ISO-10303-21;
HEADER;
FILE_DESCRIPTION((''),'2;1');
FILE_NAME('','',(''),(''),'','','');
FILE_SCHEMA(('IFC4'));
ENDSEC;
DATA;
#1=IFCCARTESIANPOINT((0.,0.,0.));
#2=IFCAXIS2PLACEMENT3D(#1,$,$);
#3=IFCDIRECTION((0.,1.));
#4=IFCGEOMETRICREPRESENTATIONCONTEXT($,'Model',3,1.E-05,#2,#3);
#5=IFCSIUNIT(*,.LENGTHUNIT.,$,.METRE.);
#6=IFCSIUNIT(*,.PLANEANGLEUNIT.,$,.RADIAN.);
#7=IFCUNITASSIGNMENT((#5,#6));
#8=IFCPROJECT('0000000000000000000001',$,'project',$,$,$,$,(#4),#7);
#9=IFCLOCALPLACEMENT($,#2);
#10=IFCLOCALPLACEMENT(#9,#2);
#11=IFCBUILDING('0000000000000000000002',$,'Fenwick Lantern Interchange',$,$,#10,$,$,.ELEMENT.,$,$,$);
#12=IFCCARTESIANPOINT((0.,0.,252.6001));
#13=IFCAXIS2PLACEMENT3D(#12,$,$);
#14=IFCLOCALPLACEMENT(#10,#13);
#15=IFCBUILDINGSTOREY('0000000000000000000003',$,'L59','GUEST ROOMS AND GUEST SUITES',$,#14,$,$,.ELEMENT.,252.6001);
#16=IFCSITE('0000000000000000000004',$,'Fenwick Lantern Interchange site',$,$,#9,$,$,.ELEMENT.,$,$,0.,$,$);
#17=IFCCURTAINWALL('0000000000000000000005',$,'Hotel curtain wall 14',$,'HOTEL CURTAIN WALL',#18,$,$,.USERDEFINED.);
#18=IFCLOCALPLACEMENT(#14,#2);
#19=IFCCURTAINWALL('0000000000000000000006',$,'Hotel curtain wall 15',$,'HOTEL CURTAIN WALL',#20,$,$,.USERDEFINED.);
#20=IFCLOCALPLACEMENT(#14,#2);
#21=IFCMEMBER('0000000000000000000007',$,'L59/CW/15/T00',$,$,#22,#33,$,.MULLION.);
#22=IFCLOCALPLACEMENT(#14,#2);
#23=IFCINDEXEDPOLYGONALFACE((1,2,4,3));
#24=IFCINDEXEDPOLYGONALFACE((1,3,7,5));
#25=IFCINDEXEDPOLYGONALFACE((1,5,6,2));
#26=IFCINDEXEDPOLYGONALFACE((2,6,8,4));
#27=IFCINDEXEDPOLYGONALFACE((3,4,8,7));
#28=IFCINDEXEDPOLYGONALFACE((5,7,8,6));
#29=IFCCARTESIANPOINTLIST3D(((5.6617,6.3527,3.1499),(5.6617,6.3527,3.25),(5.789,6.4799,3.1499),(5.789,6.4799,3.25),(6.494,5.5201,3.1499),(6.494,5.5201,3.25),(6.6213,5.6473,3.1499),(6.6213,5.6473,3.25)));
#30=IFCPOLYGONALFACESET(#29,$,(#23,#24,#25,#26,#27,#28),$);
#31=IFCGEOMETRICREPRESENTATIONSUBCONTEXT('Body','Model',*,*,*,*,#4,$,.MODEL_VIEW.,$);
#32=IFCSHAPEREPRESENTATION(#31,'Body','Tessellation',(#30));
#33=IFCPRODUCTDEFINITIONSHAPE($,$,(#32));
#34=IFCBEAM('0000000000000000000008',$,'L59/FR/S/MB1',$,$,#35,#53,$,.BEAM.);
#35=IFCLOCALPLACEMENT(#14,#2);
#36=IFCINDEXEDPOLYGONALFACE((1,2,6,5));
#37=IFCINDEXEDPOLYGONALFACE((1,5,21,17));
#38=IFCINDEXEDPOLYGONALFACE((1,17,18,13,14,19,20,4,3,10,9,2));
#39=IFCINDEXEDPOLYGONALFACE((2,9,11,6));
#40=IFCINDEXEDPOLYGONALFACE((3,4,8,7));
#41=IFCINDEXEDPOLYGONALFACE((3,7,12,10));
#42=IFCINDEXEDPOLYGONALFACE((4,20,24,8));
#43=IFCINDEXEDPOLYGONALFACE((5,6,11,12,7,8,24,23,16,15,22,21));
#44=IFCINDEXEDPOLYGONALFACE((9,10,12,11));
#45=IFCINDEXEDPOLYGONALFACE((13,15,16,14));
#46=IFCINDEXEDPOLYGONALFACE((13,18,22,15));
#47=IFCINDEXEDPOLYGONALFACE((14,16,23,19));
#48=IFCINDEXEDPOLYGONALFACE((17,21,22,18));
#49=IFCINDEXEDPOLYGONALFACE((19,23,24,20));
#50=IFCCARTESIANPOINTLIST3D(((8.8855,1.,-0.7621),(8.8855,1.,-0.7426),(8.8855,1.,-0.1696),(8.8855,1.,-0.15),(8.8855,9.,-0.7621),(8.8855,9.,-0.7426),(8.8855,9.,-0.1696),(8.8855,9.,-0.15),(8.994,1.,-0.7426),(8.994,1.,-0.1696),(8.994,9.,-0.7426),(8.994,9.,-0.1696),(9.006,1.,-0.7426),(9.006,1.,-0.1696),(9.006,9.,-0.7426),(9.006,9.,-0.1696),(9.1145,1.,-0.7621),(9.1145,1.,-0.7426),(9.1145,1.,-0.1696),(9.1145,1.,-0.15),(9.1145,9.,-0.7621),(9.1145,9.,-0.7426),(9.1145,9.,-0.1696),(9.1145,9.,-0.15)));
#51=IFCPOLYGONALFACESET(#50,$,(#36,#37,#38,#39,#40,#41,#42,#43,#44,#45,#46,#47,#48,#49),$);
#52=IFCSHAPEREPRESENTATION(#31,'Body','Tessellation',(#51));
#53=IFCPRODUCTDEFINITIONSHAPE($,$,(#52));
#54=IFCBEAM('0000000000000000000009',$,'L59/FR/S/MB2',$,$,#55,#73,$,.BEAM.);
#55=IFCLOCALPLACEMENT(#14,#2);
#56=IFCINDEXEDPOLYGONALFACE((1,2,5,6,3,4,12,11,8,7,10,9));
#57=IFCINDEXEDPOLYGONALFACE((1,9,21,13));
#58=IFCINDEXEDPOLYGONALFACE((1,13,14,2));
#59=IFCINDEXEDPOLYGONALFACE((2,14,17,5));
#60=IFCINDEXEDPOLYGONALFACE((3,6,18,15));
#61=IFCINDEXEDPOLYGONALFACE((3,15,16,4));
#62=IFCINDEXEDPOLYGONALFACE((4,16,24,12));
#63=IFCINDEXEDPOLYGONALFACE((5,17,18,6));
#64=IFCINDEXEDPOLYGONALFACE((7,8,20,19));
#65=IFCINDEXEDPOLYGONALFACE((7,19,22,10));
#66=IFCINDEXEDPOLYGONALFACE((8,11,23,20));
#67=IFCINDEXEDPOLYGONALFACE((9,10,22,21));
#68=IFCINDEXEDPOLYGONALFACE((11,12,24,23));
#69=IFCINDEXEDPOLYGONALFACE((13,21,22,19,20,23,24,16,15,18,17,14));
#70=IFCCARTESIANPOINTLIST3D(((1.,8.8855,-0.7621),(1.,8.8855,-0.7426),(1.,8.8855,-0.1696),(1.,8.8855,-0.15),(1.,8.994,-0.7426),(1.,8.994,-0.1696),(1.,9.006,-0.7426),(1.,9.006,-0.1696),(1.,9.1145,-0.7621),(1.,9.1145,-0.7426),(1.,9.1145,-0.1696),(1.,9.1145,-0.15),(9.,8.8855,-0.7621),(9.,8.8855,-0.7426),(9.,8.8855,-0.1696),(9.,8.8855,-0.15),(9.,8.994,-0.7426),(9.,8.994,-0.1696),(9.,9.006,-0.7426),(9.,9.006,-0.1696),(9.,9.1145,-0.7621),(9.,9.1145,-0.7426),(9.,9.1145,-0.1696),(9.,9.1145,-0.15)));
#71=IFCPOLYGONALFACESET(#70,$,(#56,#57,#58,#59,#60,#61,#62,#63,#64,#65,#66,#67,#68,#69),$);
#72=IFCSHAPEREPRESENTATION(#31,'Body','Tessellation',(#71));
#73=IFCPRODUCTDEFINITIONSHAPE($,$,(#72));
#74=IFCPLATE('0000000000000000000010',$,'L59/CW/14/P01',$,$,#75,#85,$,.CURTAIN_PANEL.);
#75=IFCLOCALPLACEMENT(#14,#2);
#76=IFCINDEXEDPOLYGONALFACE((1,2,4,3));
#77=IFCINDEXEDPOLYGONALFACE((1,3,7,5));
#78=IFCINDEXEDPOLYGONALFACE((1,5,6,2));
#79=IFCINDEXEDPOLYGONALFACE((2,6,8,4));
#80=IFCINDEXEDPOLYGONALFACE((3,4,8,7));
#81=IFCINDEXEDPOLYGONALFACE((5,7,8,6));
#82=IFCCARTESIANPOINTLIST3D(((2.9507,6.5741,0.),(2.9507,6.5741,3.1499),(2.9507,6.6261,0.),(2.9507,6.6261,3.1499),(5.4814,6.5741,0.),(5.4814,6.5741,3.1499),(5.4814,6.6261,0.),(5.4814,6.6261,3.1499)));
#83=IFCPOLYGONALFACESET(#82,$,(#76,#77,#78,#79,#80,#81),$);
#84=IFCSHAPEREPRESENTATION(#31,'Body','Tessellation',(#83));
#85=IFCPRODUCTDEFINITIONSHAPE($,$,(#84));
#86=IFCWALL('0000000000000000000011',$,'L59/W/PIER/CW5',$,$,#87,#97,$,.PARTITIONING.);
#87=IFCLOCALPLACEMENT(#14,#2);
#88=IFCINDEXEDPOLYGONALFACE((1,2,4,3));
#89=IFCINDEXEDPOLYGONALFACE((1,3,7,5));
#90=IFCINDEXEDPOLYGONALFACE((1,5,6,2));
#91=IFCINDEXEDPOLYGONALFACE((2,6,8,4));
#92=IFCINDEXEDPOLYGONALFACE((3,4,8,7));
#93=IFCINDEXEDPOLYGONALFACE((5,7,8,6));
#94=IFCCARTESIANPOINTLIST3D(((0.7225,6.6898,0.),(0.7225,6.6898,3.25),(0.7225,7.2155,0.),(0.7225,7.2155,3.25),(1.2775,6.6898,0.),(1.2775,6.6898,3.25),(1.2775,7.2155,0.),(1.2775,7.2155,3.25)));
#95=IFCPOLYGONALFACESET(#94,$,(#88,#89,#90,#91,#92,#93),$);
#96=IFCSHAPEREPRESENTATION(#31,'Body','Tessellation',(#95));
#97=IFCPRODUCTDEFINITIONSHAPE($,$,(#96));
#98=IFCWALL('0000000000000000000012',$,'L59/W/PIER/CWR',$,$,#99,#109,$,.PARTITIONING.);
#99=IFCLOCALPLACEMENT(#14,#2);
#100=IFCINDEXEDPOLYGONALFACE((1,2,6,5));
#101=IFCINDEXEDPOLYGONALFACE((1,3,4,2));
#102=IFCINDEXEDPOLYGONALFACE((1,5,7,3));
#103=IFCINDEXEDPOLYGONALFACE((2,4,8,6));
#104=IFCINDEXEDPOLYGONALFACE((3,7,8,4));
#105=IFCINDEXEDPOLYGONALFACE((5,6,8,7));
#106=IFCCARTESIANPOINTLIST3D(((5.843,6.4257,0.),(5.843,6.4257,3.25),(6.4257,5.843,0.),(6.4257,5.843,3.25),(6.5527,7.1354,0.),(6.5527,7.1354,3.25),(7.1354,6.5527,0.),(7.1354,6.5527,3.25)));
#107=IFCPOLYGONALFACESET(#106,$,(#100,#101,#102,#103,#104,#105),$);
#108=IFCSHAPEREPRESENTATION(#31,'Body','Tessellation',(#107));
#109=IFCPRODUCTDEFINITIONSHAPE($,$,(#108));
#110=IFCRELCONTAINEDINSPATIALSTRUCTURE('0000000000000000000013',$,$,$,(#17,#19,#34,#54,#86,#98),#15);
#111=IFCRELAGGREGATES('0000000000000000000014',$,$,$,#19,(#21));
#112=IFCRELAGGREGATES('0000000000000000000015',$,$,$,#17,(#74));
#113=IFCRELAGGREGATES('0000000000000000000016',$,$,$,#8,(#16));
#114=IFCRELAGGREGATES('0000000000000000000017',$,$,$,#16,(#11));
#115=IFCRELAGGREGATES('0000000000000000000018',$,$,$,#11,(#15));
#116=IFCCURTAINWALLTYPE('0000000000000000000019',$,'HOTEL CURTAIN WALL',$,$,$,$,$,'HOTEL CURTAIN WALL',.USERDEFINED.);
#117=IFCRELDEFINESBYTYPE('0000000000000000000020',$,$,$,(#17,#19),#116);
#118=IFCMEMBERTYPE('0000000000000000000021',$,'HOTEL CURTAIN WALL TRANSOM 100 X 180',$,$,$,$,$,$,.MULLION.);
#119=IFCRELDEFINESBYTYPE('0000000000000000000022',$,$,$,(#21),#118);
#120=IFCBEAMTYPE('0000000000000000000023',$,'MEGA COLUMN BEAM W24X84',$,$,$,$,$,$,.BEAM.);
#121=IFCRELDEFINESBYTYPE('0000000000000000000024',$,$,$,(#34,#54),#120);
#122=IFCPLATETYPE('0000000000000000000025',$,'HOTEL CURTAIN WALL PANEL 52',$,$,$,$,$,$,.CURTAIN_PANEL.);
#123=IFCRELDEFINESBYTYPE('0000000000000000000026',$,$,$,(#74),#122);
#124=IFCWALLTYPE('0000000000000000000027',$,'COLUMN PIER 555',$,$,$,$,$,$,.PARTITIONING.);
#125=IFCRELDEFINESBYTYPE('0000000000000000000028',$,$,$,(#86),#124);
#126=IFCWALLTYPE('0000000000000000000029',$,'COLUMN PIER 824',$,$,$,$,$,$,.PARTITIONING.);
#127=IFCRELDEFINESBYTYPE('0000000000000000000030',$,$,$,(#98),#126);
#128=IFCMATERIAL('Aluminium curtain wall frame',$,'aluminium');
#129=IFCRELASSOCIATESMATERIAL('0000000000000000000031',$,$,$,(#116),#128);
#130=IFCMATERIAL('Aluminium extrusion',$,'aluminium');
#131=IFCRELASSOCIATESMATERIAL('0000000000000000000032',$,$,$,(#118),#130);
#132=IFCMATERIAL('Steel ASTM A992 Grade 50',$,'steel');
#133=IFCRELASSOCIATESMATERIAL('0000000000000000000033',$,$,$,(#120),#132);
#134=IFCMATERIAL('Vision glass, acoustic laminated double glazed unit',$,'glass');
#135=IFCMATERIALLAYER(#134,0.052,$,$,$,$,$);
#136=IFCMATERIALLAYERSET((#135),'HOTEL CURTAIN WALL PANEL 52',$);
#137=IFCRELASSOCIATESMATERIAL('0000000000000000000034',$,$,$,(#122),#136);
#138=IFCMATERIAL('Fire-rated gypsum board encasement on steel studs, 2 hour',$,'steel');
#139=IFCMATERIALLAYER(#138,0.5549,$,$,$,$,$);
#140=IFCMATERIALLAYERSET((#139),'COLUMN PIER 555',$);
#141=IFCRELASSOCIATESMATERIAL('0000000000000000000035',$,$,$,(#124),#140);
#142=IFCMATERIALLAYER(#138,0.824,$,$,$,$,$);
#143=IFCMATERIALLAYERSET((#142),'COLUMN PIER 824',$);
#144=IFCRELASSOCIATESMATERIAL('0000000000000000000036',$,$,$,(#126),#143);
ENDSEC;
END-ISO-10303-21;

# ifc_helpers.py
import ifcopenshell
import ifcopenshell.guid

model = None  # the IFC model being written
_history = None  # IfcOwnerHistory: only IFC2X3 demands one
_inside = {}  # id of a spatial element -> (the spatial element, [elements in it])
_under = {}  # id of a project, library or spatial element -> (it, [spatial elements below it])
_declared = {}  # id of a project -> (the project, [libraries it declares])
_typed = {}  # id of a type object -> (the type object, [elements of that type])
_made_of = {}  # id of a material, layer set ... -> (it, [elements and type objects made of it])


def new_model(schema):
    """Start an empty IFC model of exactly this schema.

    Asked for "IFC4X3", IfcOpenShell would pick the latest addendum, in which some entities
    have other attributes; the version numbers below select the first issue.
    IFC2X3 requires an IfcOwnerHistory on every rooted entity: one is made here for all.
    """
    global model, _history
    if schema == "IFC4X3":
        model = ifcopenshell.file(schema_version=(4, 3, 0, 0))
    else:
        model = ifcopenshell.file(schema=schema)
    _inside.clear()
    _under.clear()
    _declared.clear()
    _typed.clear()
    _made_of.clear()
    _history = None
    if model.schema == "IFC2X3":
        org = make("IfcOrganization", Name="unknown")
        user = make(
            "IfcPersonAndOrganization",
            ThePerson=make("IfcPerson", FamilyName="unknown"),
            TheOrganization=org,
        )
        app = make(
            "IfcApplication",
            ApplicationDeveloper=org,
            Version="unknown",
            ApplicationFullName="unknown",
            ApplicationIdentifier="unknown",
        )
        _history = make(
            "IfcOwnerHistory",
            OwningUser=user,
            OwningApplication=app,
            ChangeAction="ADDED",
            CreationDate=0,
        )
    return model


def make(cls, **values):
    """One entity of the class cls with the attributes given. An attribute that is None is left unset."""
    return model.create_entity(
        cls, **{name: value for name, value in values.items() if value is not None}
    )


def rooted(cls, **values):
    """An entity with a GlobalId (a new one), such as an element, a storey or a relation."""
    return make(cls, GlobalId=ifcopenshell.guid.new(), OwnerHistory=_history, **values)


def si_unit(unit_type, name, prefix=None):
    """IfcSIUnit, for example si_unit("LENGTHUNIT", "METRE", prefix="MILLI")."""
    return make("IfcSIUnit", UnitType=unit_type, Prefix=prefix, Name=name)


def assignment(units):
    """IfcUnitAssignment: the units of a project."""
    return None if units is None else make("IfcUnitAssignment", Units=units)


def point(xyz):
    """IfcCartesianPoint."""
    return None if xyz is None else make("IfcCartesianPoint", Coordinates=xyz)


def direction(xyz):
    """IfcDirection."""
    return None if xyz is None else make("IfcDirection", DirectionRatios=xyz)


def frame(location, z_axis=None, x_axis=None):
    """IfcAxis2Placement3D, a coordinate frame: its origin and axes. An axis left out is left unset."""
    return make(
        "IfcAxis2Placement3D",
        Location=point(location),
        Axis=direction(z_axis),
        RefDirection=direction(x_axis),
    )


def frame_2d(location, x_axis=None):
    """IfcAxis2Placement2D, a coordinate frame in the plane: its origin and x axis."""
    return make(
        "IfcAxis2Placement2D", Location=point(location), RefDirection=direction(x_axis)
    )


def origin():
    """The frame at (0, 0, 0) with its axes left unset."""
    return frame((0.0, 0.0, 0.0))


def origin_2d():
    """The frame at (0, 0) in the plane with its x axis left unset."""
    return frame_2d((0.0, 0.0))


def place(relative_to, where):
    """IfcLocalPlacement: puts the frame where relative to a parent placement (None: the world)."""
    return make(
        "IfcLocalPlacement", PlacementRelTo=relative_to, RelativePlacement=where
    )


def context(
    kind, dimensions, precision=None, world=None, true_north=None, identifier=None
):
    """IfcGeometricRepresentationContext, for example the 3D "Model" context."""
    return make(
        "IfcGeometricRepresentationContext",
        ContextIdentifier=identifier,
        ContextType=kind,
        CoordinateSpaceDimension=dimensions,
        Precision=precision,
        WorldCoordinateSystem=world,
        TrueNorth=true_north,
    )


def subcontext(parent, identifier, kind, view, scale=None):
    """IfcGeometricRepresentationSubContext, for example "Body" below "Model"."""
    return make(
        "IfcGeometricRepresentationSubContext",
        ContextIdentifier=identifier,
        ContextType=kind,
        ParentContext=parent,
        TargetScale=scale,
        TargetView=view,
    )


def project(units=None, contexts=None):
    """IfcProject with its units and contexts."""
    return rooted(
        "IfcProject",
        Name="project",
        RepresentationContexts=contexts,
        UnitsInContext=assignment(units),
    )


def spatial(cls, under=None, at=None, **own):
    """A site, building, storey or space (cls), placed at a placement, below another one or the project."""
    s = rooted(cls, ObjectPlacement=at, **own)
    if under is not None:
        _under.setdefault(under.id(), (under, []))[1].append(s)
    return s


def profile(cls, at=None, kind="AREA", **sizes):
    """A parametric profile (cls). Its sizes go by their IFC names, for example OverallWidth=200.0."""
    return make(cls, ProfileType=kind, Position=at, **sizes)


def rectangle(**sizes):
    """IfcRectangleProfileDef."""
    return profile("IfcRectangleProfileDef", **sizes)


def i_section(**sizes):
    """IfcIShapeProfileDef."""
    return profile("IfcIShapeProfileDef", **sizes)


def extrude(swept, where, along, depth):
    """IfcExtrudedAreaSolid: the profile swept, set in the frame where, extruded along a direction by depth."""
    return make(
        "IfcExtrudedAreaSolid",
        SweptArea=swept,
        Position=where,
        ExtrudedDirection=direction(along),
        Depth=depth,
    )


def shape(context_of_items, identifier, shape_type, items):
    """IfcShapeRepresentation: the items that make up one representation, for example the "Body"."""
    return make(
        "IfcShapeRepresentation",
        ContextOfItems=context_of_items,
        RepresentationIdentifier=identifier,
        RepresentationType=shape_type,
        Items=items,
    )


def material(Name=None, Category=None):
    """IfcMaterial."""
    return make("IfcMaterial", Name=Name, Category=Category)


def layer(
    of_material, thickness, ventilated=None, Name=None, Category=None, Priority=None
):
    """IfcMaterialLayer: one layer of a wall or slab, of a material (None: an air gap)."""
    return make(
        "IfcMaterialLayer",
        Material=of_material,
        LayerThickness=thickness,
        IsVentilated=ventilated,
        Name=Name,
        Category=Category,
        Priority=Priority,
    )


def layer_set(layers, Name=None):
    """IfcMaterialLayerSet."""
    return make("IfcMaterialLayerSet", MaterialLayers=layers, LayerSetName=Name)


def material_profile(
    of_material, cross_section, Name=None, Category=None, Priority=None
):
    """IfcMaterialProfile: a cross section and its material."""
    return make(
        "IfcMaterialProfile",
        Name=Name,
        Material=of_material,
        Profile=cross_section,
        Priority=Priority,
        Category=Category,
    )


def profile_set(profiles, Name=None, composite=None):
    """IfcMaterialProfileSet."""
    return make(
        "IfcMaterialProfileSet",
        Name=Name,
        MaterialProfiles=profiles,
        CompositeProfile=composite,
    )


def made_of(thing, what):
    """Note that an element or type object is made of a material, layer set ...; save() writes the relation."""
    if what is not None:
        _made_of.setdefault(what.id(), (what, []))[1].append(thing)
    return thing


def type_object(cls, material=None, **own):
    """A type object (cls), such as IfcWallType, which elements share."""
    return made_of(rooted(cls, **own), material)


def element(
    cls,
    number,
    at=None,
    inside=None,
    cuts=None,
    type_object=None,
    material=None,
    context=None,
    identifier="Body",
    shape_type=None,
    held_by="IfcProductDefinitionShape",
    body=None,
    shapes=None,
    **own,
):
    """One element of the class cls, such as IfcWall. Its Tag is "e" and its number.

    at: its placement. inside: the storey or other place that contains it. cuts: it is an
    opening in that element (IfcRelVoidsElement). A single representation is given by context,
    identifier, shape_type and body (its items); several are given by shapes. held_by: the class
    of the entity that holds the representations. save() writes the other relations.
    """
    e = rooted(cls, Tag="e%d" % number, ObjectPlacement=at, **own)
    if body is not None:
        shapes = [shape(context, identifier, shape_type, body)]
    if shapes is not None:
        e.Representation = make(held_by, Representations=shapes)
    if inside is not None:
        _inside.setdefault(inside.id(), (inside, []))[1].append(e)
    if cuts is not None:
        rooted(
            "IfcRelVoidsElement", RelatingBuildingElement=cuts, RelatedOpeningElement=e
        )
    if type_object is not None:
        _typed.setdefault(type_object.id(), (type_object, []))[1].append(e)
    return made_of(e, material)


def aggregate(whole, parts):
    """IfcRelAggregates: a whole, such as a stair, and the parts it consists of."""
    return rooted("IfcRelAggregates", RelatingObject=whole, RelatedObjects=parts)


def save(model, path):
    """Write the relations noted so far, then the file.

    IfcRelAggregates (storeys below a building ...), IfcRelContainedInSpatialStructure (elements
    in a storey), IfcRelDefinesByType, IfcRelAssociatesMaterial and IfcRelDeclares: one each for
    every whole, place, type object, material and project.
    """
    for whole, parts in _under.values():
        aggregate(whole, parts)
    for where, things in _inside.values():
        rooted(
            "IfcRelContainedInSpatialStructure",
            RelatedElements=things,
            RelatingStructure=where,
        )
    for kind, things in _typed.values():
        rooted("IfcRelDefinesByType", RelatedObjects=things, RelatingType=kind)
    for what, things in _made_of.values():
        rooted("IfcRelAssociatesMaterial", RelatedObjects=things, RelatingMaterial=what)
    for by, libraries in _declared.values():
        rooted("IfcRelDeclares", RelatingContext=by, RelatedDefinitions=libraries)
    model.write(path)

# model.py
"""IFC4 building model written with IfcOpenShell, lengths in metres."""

from ifc_helpers import new_model, si_unit, direction, frame, frame_2d, origin, origin_2d, place, context, subcontext, project, spatial, rectangle, i_section, extrude, material, layer, layer_set, material_profile, profile_set, type_object, element, aggregate, save


model = new_model("IFC4")

# Units and contexts
model_context = context("Model", 3, precision=1e-05, world=origin(), true_north=direction((0.0, 1.0)))
body_context = subcontext(model_context, "Body", "Model", "MODEL_VIEW")
ifc_project = project(units=[si_unit("LENGTHUNIT", "METRE"), si_unit("PLANEANGLEUNIT", "RADIAN")], contexts=[model_context])

# Site, building, storey
site_placement = place(None, origin())
site = spatial("IfcSite", under=ifc_project, at=site_placement, Name="Fenwick Lantern Interchange site", CompositionType="ELEMENT", RefElevation=0.0)
building_placement = place(site_placement, origin())
building = spatial("IfcBuilding", under=site, at=building_placement, Name="Fenwick Lantern Interchange", CompositionType="ELEMENT")
storey_placement = place(building_placement, frame((0.0, 0.0, 252.6001)))
storey = spatial("IfcBuildingStorey", under=building, at=storey_placement, Name="L59", Description="GUEST ROOMS AND GUEST SUITES", CompositionType="ELEMENT", Elevation=252.6001)

# Shared definitions
ifc_material_1 = material(Name="Steel ASTM A992 Grade 50", Category="steel")

# Shared definitions
ifc_material_2 = material(Name="Aluminium curtain wall frame", Category="aluminium")
curtain_wall_type = type_object("IfcCurtainWallType", Name="HOTEL CURTAIN WALL", ElementType="HOTEL CURTAIN WALL", PredefinedType="USERDEFINED", material=ifc_material_2)
ifc_material_3 = material(Name="Aluminium extrusion", Category="aluminium")

# Curtain wall
curtain_wall_1_placement = place(storey_placement, origin())
curtain_wall_1 = element("IfcCurtainWall", 1, at=curtain_wall_1_placement, inside=storey, type_object=curtain_wall_type, Name="Hotel curtain wall 14", ObjectType="HOTEL CURTAIN WALL", PredefinedType="USERDEFINED")

# Curtain wall
curtain_wall_2_placement = place(storey_placement, origin())
curtain_wall_2 = element("IfcCurtainWall", 2, at=curtain_wall_2_placement, inside=storey, type_object=curtain_wall_type, Name="Hotel curtain wall 15", ObjectType="HOTEL CURTAIN WALL", PredefinedType="USERDEFINED")

# Member
ifc_material_profile_1 = material_profile(ifc_material_3, rectangle(XDim=0.1799, YDim=0.1001, at=origin_2d()), Name="HOTEL CURTAIN WALL TRANSOM 100 X 180")
ifc_profile_set_1 = profile_set([ifc_material_profile_1], Name="Aluminium extrusion")
member_type_1 = type_object("IfcMemberType", Name="HOTEL CURTAIN WALL TRANSOM 100 X 180", PredefinedType="MULLION", material=ifc_profile_set_1)
member_1_placement = place(storey_placement, frame((5.7253, 6.4163, 3.2), z_axis=(0.707003, -0.70721, 0.0), x_axis=(0.70721, 0.707003, 0.0)))
member_1 = element("IfcMember", 3, at=member_1_placement, type_object=member_type_1, Name="L59/CW/15/T00", PredefinedType="MULLION", context=body_context, shape_type="SweptSolid", body=[
    extrude(rectangle(XDim=0.1799, YDim=0.1001, at=origin_2d()), origin(), (0.0, 0.0, 1.0), 1.1772),
])
aggregate(curtain_wall_2, [member_1])

# Beams
ifc_material_profile_2 = material_profile(ifc_material_1, i_section(OverallWidth=0.229, OverallDepth=0.6121, WebThickness=0.012, FlangeThickness=0.0195, at=origin_2d()), Name="W24X84")
ifc_profile_set_2 = profile_set([ifc_material_profile_2], Name="Steel ASTM A992 Grade 50")
beam_type_1 = type_object("IfcBeamType", Name="MEGA COLUMN BEAM W24X84", PredefinedType="BEAM", material=ifc_profile_set_2)
for number, where, z_axis, x_axis, name in (
    (4, (9.0, 9.0, -0.4561), (0.0, -1.0, 0.0), (1.0, 0.0, 0.0), "L59/FR/S/MB1"),
    (5, (9.0, 9.0, -0.4561), (-1.0, 0.0, 0.0), (0.0, -1.0, 0.0), "L59/FR/S/MB2"),
):
    element("IfcBeam", number, at=place(storey_placement, frame(where, z_axis=z_axis, x_axis=x_axis)), inside=storey, type_object=beam_type_1, Name=name, PredefinedType="BEAM", context=body_context, shape_type="SweptSolid", body=[
        extrude(i_section(OverallWidth=0.229, OverallDepth=0.6121, WebThickness=0.012, FlangeThickness=0.0195, at=origin_2d()), origin(), (0.0, 0.0, 1.0), 8.0),
    ])

# Plate
ifc_material_4 = material(Name="Vision glass, acoustic laminated double glazed unit", Category="glass")
ifc_layer_1 = layer(ifc_material_4, 0.052)
ifc_layer_set_1 = layer_set([ifc_layer_1], Name="HOTEL CURTAIN WALL PANEL 52")
plate_type = type_object("IfcPlateType", Name="HOTEL CURTAIN WALL PANEL 52", PredefinedType="CURTAIN_PANEL", material=ifc_layer_set_1)
plate_placement = place(storey_placement, frame((4.2161, 6.6001, 0.0), z_axis=(0.0, 0.0, 1.0), x_axis=(1.0, 0.0, 0.0)))
plate = element("IfcPlate", 6, at=plate_placement, type_object=plate_type, Name="L59/CW/14/P01", PredefinedType="CURTAIN_PANEL", context=body_context, shape_type="SweptSolid", body=[
    extrude(rectangle(XDim=2.5308, YDim=0.052, at=origin_2d()), origin(), (0.0, 0.0, 1.0), 3.1499),
])
aggregate(curtain_wall_1, [plate])

# Walls
ifc_material_5 = material(Name="Fire-rated gypsum board encasement on steel studs, 2 hour", Category="steel")
ifc_layer_2 = layer(ifc_material_5, 0.5549)
ifc_layer_set_2 = layer_set([ifc_layer_2], Name="COLUMN PIER 555")
wall_type_1 = type_object("IfcWallType", Name="COLUMN PIER 555", PredefinedType="PARTITIONING", material=ifc_layer_set_2)
wall_1_placement = place(storey_placement, frame((1.0, 6.6899, 0.0), z_axis=(0.0, 0.0, 1.0), x_axis=(0.0, 1.0, 0.0)))
element("IfcWall", 7, at=wall_1_placement, inside=storey, type_object=wall_type_1, Name="L59/W/PIER/CW5", PredefinedType="PARTITIONING", context=body_context, shape_type="SweptSolid", body=[
    extrude(rectangle(XDim=0.5256, YDim=0.5549, at=frame_2d((0.2627, 0.0))), origin(), (0.0, 0.0, 1.0), 3.25),
])
ifc_layer_3 = layer(ifc_material_5, 0.824)
ifc_layer_set_3 = layer_set([ifc_layer_3], Name="COLUMN PIER 824")
wall_type_2 = type_object("IfcWallType", Name="COLUMN PIER 824", PredefinedType="PARTITIONING", material=ifc_layer_set_3)
wall_2_placement = place(storey_placement, frame((6.1343, 6.1343, 0.0), z_axis=(0.0, 0.0, 1.0), x_axis=(0.707107, 0.707107, 0.0)))
element("IfcWall", 8, at=wall_2_placement, inside=storey, type_object=wall_type_2, Name="L59/W/PIER/CWR", PredefinedType="PARTITIONING", context=body_context, shape_type="SweptSolid", body=[
    extrude(rectangle(XDim=1.0037, YDim=0.824, at=frame_2d((0.502, 0.0))), origin(), (0.0, 0.0, 1.0), 3.25),
])

save(model, "model.ifc")
